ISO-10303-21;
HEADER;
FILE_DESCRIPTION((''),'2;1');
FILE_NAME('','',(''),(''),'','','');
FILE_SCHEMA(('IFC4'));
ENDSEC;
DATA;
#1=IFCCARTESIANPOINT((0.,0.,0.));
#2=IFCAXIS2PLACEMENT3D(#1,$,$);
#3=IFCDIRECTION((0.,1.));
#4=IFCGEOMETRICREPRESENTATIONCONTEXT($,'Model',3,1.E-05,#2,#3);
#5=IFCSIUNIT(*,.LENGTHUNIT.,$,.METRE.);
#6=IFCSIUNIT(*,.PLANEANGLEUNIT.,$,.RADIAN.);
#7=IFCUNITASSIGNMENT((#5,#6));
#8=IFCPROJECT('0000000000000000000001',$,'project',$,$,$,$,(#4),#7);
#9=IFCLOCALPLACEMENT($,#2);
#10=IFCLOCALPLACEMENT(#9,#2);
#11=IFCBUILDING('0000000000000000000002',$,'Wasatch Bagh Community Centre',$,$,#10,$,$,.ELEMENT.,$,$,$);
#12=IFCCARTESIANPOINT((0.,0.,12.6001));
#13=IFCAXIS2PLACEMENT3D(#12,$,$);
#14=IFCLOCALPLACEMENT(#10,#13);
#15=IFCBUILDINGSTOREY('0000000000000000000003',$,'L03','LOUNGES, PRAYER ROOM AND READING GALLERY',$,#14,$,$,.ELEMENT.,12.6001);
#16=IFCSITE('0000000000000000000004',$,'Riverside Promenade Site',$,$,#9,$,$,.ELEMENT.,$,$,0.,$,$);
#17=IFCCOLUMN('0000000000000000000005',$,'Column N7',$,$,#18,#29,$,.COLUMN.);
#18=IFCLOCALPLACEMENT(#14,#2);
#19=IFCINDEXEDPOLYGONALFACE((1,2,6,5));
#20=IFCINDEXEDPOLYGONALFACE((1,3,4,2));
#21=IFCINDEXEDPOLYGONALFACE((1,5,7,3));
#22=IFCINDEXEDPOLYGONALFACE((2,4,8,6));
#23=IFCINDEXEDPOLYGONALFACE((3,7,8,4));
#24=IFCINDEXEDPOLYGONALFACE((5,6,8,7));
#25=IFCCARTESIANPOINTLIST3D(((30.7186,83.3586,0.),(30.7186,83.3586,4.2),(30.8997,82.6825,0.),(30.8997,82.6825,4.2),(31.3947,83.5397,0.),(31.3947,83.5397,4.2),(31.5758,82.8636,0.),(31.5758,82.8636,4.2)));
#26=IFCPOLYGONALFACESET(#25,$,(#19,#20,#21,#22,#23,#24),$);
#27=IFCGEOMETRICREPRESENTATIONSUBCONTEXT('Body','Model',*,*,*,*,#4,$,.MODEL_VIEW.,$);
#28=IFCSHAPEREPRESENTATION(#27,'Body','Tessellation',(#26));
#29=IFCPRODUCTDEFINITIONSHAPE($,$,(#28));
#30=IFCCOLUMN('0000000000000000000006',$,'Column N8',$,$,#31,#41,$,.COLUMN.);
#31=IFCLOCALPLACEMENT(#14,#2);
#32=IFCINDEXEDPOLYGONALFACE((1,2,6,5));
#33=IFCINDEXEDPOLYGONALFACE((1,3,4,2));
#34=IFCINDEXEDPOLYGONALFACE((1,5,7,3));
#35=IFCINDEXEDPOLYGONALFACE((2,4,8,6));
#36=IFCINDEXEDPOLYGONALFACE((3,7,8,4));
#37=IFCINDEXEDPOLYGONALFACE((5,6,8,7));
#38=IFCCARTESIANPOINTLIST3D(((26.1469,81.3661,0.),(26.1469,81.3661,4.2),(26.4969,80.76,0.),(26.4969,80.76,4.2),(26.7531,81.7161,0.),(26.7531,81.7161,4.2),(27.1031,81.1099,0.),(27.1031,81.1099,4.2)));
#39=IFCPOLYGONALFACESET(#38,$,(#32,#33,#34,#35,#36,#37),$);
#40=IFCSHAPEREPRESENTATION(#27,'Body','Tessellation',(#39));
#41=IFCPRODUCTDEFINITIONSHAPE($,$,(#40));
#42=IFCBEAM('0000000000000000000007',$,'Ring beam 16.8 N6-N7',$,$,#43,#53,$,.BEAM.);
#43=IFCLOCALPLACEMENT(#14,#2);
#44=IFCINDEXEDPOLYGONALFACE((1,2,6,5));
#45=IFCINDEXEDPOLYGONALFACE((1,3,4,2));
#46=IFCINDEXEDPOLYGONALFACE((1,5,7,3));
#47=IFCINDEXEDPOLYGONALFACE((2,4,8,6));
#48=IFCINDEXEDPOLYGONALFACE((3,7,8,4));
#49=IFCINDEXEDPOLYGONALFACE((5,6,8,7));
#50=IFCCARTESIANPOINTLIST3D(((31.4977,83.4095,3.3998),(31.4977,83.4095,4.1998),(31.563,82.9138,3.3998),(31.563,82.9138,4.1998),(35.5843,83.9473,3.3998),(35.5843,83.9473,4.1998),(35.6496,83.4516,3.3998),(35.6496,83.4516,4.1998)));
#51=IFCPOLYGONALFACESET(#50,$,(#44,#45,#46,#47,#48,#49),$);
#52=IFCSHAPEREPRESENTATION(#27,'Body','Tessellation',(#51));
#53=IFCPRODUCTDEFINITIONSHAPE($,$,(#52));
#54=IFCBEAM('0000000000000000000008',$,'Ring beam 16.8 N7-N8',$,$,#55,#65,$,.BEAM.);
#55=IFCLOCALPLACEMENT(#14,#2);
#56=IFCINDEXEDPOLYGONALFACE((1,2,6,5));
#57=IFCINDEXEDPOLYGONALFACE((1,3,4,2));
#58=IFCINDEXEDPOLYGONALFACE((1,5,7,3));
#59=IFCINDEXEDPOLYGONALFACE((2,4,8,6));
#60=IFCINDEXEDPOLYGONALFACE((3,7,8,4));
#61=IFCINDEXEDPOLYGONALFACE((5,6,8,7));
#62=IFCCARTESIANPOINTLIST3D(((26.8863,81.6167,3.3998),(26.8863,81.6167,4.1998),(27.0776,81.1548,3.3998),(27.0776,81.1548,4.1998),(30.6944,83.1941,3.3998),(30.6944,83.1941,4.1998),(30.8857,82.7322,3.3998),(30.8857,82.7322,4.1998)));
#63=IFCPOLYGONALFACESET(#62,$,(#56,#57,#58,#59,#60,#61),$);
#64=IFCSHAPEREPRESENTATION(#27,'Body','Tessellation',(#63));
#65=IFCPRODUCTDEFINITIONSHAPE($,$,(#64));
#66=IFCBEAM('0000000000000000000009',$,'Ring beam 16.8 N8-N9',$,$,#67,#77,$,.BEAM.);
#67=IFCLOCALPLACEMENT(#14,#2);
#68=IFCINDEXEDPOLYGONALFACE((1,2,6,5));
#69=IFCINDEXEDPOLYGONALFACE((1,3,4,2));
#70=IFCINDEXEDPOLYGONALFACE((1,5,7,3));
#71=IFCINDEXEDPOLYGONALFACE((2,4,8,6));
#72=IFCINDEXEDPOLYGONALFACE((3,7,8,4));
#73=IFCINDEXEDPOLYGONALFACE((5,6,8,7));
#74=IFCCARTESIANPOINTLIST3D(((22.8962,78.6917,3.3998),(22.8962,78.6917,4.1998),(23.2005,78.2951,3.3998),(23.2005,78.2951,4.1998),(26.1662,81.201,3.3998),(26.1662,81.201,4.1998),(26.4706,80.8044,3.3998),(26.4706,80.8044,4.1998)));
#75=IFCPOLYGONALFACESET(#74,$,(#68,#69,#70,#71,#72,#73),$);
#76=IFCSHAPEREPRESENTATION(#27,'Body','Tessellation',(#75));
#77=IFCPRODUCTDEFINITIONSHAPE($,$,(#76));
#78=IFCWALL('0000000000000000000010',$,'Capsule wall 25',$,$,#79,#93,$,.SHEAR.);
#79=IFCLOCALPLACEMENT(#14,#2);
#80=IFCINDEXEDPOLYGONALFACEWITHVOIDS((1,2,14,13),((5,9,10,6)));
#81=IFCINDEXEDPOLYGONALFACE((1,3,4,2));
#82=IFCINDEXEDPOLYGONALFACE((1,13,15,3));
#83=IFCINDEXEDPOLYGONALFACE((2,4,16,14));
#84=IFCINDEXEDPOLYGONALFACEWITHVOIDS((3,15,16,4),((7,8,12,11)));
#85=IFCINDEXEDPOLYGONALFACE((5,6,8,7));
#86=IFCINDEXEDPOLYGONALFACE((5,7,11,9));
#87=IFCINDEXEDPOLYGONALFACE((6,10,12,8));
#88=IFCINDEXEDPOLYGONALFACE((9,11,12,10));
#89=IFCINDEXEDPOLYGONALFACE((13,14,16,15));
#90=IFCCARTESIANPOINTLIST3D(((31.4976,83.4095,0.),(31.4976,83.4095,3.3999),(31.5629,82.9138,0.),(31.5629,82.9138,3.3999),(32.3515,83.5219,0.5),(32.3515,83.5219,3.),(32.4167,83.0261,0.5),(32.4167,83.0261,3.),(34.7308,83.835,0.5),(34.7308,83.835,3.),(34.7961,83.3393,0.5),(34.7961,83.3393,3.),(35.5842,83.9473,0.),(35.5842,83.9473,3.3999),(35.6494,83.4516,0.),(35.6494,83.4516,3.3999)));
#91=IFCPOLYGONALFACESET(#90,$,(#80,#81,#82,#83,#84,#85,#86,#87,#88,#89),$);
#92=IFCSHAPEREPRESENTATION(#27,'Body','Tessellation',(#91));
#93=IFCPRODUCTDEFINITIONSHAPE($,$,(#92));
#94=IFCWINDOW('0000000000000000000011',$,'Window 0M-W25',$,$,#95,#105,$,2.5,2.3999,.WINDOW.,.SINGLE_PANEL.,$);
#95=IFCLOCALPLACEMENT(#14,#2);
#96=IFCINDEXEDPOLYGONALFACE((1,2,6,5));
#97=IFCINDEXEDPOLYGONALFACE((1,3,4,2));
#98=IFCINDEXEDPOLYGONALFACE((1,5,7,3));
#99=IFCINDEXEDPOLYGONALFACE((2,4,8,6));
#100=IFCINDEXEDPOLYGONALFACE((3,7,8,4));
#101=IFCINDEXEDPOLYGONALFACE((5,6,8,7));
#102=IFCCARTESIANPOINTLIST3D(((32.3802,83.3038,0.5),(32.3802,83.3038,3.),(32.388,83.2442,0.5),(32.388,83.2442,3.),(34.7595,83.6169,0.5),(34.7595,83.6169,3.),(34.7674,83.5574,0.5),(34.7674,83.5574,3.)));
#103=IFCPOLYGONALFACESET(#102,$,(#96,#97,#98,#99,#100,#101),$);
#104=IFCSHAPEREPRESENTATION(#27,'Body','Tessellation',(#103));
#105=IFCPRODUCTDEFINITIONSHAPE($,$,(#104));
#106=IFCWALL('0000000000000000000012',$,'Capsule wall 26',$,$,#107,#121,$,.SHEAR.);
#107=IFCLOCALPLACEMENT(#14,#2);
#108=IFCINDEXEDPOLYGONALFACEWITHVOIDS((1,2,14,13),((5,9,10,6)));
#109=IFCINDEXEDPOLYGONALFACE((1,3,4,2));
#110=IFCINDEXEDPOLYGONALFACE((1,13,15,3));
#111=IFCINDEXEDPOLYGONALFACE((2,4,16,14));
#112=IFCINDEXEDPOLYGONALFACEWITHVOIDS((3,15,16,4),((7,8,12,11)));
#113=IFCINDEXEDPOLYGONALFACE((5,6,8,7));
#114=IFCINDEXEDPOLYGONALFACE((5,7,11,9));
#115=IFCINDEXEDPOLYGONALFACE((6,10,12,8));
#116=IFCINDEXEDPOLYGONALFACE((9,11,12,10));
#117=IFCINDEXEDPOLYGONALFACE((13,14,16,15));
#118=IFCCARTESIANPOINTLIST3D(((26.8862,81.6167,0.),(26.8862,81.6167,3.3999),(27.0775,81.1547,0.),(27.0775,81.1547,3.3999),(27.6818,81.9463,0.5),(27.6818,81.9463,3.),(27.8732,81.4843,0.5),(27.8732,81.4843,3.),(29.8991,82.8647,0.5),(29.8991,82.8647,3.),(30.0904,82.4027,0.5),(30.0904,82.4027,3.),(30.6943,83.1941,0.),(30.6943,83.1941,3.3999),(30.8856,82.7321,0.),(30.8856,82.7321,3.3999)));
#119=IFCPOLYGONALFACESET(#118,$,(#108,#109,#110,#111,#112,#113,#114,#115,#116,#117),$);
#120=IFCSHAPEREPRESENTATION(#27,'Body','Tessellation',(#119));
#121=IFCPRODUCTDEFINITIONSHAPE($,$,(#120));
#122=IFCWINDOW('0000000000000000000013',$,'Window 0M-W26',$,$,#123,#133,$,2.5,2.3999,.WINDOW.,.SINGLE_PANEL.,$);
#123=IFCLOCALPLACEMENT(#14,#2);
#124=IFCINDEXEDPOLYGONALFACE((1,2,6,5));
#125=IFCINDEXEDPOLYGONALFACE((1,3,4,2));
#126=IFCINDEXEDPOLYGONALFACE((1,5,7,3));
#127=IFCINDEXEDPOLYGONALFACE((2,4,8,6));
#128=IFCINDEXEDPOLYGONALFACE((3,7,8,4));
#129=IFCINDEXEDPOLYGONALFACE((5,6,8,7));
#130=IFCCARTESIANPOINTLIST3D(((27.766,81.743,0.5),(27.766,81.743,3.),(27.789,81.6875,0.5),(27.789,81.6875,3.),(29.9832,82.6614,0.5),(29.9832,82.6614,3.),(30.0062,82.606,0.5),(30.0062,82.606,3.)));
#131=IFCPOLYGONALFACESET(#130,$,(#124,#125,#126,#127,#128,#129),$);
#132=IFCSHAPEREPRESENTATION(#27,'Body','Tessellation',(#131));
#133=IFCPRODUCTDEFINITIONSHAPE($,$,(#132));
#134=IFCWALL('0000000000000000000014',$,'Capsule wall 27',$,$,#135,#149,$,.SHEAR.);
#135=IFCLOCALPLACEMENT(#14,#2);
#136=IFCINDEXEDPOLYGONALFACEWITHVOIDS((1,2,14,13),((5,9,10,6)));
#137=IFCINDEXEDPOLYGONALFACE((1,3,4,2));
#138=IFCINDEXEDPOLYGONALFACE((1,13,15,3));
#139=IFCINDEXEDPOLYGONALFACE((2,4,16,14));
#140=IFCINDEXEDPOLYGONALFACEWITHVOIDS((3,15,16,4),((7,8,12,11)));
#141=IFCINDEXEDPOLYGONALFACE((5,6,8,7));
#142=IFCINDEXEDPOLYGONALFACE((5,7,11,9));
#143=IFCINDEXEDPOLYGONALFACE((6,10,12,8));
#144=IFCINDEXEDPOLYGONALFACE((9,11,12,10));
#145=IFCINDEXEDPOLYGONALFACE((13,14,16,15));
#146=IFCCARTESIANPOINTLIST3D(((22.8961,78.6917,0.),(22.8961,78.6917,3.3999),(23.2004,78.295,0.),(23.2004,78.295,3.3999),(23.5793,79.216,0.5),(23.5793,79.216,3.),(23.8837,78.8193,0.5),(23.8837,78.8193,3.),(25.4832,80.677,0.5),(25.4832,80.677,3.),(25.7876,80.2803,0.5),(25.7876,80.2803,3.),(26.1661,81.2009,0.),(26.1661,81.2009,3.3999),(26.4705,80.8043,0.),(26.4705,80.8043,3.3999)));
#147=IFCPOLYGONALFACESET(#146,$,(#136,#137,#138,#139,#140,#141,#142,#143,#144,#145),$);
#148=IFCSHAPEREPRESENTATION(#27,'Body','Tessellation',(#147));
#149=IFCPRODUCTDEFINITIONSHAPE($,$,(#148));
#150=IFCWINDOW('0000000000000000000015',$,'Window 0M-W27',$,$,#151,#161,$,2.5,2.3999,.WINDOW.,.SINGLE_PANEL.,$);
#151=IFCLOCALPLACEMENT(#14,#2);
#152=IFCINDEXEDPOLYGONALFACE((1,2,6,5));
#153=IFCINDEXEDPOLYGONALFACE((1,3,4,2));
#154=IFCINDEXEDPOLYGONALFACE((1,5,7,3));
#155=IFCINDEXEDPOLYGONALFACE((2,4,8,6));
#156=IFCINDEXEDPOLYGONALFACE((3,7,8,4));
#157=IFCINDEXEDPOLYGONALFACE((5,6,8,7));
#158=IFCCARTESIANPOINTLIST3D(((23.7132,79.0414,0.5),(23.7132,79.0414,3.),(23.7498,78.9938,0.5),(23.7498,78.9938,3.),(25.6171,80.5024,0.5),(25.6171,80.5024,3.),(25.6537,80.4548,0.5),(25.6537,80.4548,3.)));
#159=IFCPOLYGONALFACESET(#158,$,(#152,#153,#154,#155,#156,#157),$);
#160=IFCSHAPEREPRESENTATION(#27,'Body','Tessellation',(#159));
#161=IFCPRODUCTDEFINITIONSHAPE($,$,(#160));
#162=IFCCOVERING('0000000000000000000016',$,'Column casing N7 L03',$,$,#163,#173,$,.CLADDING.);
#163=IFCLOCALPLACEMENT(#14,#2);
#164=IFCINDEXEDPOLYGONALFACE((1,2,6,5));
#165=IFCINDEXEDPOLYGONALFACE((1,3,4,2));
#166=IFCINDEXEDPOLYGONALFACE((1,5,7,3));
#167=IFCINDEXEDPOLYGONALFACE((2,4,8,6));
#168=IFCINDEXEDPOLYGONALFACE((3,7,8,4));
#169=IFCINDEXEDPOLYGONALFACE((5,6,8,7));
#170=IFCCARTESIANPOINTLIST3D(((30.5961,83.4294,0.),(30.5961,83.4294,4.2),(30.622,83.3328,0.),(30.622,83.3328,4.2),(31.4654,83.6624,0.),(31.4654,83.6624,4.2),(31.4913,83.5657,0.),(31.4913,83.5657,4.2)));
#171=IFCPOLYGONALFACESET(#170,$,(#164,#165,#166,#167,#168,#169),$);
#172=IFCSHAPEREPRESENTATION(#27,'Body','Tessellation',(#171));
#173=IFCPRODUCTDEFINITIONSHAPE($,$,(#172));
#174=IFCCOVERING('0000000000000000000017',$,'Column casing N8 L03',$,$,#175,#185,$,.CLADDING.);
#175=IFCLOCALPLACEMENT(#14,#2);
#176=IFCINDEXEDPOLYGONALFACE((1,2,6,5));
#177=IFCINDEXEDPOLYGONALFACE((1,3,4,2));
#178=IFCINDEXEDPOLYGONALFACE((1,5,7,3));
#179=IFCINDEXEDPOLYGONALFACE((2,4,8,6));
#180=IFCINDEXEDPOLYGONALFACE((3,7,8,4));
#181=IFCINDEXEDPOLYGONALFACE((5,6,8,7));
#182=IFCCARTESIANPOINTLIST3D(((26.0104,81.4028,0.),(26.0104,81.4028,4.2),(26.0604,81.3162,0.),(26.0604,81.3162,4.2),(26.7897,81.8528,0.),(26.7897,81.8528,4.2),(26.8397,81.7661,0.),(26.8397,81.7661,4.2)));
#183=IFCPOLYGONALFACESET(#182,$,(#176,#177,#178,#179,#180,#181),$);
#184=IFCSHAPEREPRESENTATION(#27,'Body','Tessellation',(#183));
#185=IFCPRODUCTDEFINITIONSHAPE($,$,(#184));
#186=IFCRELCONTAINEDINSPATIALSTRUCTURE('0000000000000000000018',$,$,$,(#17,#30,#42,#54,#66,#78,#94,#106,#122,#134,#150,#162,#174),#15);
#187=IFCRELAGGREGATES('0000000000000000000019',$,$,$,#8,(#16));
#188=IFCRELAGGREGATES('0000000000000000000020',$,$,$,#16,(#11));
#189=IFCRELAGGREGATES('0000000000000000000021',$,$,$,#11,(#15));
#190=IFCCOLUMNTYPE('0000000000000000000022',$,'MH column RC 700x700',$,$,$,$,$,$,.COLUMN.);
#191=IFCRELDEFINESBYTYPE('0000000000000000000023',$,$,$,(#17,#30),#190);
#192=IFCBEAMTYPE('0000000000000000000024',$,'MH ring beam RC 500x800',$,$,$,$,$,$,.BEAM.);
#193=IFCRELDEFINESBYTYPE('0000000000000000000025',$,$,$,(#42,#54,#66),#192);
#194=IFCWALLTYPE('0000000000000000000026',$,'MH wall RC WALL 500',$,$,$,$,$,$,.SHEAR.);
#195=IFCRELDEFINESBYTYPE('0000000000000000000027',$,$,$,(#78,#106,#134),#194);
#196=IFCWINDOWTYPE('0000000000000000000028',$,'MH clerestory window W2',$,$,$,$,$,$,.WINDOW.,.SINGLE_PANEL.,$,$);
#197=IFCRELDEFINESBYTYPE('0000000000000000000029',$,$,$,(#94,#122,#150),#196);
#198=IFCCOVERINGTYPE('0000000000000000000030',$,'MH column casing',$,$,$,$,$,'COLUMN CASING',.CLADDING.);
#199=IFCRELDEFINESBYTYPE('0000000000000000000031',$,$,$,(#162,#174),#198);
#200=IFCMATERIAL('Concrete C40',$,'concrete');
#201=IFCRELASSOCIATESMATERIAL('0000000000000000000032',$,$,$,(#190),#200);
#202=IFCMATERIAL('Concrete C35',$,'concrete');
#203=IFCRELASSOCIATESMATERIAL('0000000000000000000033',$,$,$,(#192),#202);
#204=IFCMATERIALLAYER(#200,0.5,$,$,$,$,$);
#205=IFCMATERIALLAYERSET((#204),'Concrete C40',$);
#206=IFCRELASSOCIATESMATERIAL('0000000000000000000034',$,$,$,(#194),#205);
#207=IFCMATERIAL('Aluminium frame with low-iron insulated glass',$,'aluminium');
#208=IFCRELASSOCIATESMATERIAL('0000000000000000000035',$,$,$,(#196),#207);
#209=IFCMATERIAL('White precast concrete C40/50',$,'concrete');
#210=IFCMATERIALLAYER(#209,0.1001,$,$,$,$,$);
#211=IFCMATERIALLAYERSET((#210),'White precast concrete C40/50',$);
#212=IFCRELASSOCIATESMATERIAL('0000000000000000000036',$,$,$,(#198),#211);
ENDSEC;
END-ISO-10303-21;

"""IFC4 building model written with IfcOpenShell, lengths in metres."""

from ifc_helpers import new_model, si_unit, direction, frame, frame_2d, origin, origin_2d, place, context, subcontext, project, spatial, rectangle, extrude, material, layer, layer_set, material_profile, profile_set, type_object, element, fill, save


model = new_model("IFC4")

# Units and contexts
model_context = context("Model", 3, precision=1e-05, world=origin(), true_north=direction((0.0, 1.0)))
body_context = subcontext(model_context, "Body", "Model", "MODEL_VIEW")
ifc_project = project(units=[si_unit("LENGTHUNIT", "METRE"), si_unit("PLANEANGLEUNIT", "RADIAN")], contexts=[model_context])

# Site, building, storey
site_placement = place(None, origin())
site = spatial("IfcSite", under=ifc_project, at=site_placement, Name="Riverside Promenade Site", CompositionType="ELEMENT", RefElevation=0.0)
building_placement = place(site_placement, origin())
building = spatial("IfcBuilding", under=site, at=building_placement, Name="Wasatch Bagh Community Centre", CompositionType="ELEMENT")
storey_placement = place(building_placement, frame((0.0, 0.0, 12.6001)))
storey = spatial("IfcBuildingStorey", under=building, at=storey_placement, Name="L03", Description="LOUNGES, PRAYER ROOM AND READING GALLERY", CompositionType="ELEMENT", Elevation=12.6001)

# Columns
ifc_material_1 = material(Name="Concrete C40", Category="concrete")
ifc_material_profile_1 = material_profile(ifc_material_1, rectangle(XDim=0.7, YDim=0.7, at=origin_2d()), Name="RC 700x700")
ifc_profile_set_1 = profile_set([ifc_material_profile_1], Name="Concrete C40")
column_type = type_object("IfcColumnType", Name="MH column RC 700x700", PredefinedType="COLUMN", material=ifc_profile_set_1)
for number, where, z_axis, x_axis, name in (
    (1, (31.1472, 83.1111, 0.0), (0.0, 0.0, 1.0), (0.965926, 0.258819, 0.0), "Column N7"),
    (2, (26.625, 81.238, 0.0), (0.0, 0.0, 1.0), (0.866025, 0.5, 0.0), "Column N8"),
):
    element("IfcColumn", number, at=place(storey_placement, frame(where, z_axis=z_axis, x_axis=x_axis)), inside=storey, type_object=column_type, Name=name, PredefinedType="COLUMN", context=body_context, shape_type="SweptSolid", body=[
        extrude(rectangle(XDim=0.7, YDim=0.7, at=origin_2d()), origin(), (0.0, 0.0, 1.0), 4.2),
    ])

# Beams
ifc_material_2 = material(Name="Concrete C35", Category="concrete")
ifc_material_profile_2 = material_profile(ifc_material_2, rectangle(XDim=0.5, YDim=0.8, at=origin_2d()), Name="RC 500x800")
ifc_profile_set_2 = profile_set([ifc_material_profile_2], Name="Concrete C35")
beam_type = type_object("IfcBeamType", Name="MH ring beam RC 500x800", PredefinedType="BEAM", material=ifc_profile_set_2)
for number, where, z_axis, x_axis, name in (
    (3, (35.6169, 83.6995, 3.7998), (-0.99145, -0.130484, 0.0), (0.130484, -0.99145, 0.0), "Ring beam 16.8 N6-N7"),
    (4, (30.79, 82.9631, 3.7998), (-0.923878, -0.382688, 0.0), (0.382688, -0.923878, 0.0), "Ring beam 16.8 N7-N8"),
    (5, (26.3184, 81.0027, 3.7998), (-0.793341, -0.608777, 0.0), (0.608777, -0.793341, 0.0), "Ring beam 16.8 N8-N9"),
):
    element("IfcBeam", number, at=place(storey_placement, frame(where, z_axis=z_axis, x_axis=x_axis)), inside=storey, type_object=beam_type, Name=name, PredefinedType="BEAM", context=body_context, shape_type="SweptSolid", body=[
        extrude(rectangle(XDim=0.5, YDim=0.8, at=origin_2d()), origin(), (0.0, 0.0, 1.0), 4.1218),
    ])

# Walls, openings, windows
ifc_layer_1 = layer(ifc_material_1, 0.5)
ifc_layer_set_1 = layer_set([ifc_layer_1], Name="Concrete C40")
wall_type = type_object("IfcWallType", Name="MH wall RC WALL 500", PredefinedType="SHEAR", material=ifc_layer_set_1)
wall_1_placement = place(storey_placement, frame((35.6169, 83.6995, 0.0), z_axis=(0.0, 0.0, 1.0), x_axis=(-0.99145, -0.130484, 0.0)))
wall_1 = element("IfcWall", 6, at=wall_1_placement, inside=storey, type_object=wall_type, Name="Capsule wall 25", PredefinedType="SHEAR", context=body_context, shape_type="SweptSolid", body=[
    extrude(rectangle(XDim=4.1218, YDim=0.5, at=frame_2d((2.061, 0.0))), origin(), (0.0, 0.0, 1.0), 3.3999),
])
opening_1_placement = place(wall_1_placement, frame((0.8608, 0.0, 0.5)))
opening_1 = element("IfcOpeningElement", 7, at=opening_1_placement, cuts=wall_1, PredefinedType="OPENING", context=body_context, shape_type="SweptSolid", body=[
    extrude(rectangle(XDim=2.3999, YDim=2.5, at=frame_2d((1.2, 1.25))), frame((0.0, 0.26, 0.0), z_axis=(0.0, -1.0, 0.0), x_axis=(1.0, 0.0, 0.0)), (0.0, 0.0, 1.0), 0.52),
])
ifc_material_3 = material(Name="Aluminium frame with low-iron insulated glass", Category="aluminium")
window_type = type_object("IfcWindowType", Name="MH clerestory window W2", PartitioningType="SINGLE_PANEL", PredefinedType="WINDOW", material=ifc_material_3)
window_1_placement = place(opening_1_placement, origin())
window_1 = element("IfcWindow", 8, at=window_1_placement, inside=storey, type_object=window_type, Name="Window 0M-W25", OverallHeight=2.5, OverallWidth=2.3999, PartitioningType="SINGLE_PANEL", PredefinedType="WINDOW", context=body_context, shape_type="SweptSolid", body=[
    extrude(rectangle(XDim=2.3999, YDim=2.5, at=frame_2d((1.2, 1.25))), frame((0.0, 0.03, 0.0), z_axis=(0.0, -1.0, 0.0), x_axis=(1.0, 0.0, 0.0)), (0.0, 0.0, 1.0), 0.0601),
])
fill(opening_1, window_1)
wall_2_placement = place(storey_placement, frame((30.79, 82.9631, 0.0), z_axis=(0.0, 0.0, 1.0), x_axis=(-0.923878, -0.382688, 0.0)))
wall_2 = element("IfcWall", 9, at=wall_2_placement, inside=storey, type_object=wall_type, Name="Capsule wall 26", PredefinedType="SHEAR", context=body_context, shape_type="SweptSolid", body=[
    extrude(rectangle(XDim=4.1218, YDim=0.5, at=frame_2d((2.061, 0.0))), origin(), (0.0, 0.0, 1.0), 3.3999),
])
opening_2_placement = place(wall_2_placement, frame((0.8608, 0.0, 0.5)))
opening_2 = element("IfcOpeningElement", 10, at=opening_2_placement, cuts=wall_2, PredefinedType="OPENING", context=body_context, shape_type="SweptSolid", body=[
    extrude(rectangle(XDim=2.3999, YDim=2.5, at=frame_2d((1.2, 1.25))), frame((0.0, 0.26, 0.0), z_axis=(0.0, -1.0, 0.0), x_axis=(1.0, 0.0, 0.0)), (0.0, 0.0, 1.0), 0.52),
])
window_2_placement = place(opening_2_placement, origin())
window_2 = element("IfcWindow", 11, at=window_2_placement, inside=storey, type_object=window_type, Name="Window 0M-W26", OverallHeight=2.5, OverallWidth=2.3999, PartitioningType="SINGLE_PANEL", PredefinedType="WINDOW", context=body_context, shape_type="SweptSolid", body=[
    extrude(rectangle(XDim=2.3999, YDim=2.5, at=frame_2d((1.2, 1.25))), frame((0.0, 0.03, 0.0), z_axis=(0.0, -1.0, 0.0), x_axis=(1.0, 0.0, 0.0)), (0.0, 0.0, 1.0), 0.0601),
])
fill(opening_2, window_2)
wall_3_placement = place(storey_placement, frame((26.3184, 81.0027, 0.0), z_axis=(0.0, 0.0, 1.0), x_axis=(-0.793341, -0.608777, 0.0)))
wall_3 = element("IfcWall", 12, at=wall_3_placement, inside=storey, type_object=wall_type, Name="Capsule wall 27", PredefinedType="SHEAR", context=body_context, shape_type="SweptSolid", body=[
    extrude(rectangle(XDim=4.1218, YDim=0.5, at=frame_2d((2.061, 0.0))), origin(), (0.0, 0.0, 1.0), 3.3999),
])
opening_3_placement = place(wall_3_placement, frame((0.8608, 0.0, 0.5)))
opening_3 = element("IfcOpeningElement", 13, at=opening_3_placement, cuts=wall_3, PredefinedType="OPENING", context=body_context, shape_type="SweptSolid", body=[
    extrude(rectangle(XDim=2.3999, YDim=2.5, at=frame_2d((1.2, 1.25))), frame((0.0, 0.26, 0.0), z_axis=(0.0, -1.0, 0.0), x_axis=(1.0, 0.0, 0.0)), (0.0, 0.0, 1.0), 0.52),
])
window_3_placement = place(opening_3_placement, origin())
window_3 = element("IfcWindow", 14, at=window_3_placement, inside=storey, type_object=window_type, Name="Window 0M-W27", OverallHeight=2.5, OverallWidth=2.3999, PartitioningType="SINGLE_PANEL", PredefinedType="WINDOW", context=body_context, shape_type="SweptSolid", body=[
    extrude(rectangle(XDim=2.3999, YDim=2.5, at=frame_2d((1.2, 1.25))), frame((0.0, 0.03, 0.0), z_axis=(0.0, -1.0, 0.0), x_axis=(1.0, 0.0, 0.0)), (0.0, 0.0, 1.0), 0.0601),
])
fill(opening_3, window_3)

# Coverings
ifc_material_4 = material(Name="White precast concrete C40/50", Category="concrete")
ifc_layer_2 = layer(ifc_material_4, 0.1001)
ifc_layer_set_2 = layer_set([ifc_layer_2], Name="White precast concrete C40/50")
covering_type = type_object("IfcCoveringType", Name="MH column casing", ElementType="COLUMN CASING", PredefinedType="CLADDING", material=ifc_layer_set_2)
for number, where, z_axis, x_axis, name in (
    (15, (31.0437, 83.4976, 0.0), (0.0, 0.0, 1.0), (-0.965926, -0.258819, 0.0), "Column casing N7 L03"),
    (16, (26.425, 81.5845, 0.0), (0.0, 0.0, 1.0), (-0.866025, -0.5, 0.0), "Column casing N8 L03"),
):
    element("IfcCovering", number, at=place(storey_placement, frame(where, z_axis=z_axis, x_axis=x_axis)), inside=storey, type_object=covering_type, Name=name, PredefinedType="CLADDING", context=body_context, shape_type="SweptSolid", body=[
        extrude(rectangle(XDim=0.8999, YDim=0.1001, at=origin_2d()), origin(), (0.0, 0.0, 1.0), 4.2),
    ])

save(model, "model.ifc")
